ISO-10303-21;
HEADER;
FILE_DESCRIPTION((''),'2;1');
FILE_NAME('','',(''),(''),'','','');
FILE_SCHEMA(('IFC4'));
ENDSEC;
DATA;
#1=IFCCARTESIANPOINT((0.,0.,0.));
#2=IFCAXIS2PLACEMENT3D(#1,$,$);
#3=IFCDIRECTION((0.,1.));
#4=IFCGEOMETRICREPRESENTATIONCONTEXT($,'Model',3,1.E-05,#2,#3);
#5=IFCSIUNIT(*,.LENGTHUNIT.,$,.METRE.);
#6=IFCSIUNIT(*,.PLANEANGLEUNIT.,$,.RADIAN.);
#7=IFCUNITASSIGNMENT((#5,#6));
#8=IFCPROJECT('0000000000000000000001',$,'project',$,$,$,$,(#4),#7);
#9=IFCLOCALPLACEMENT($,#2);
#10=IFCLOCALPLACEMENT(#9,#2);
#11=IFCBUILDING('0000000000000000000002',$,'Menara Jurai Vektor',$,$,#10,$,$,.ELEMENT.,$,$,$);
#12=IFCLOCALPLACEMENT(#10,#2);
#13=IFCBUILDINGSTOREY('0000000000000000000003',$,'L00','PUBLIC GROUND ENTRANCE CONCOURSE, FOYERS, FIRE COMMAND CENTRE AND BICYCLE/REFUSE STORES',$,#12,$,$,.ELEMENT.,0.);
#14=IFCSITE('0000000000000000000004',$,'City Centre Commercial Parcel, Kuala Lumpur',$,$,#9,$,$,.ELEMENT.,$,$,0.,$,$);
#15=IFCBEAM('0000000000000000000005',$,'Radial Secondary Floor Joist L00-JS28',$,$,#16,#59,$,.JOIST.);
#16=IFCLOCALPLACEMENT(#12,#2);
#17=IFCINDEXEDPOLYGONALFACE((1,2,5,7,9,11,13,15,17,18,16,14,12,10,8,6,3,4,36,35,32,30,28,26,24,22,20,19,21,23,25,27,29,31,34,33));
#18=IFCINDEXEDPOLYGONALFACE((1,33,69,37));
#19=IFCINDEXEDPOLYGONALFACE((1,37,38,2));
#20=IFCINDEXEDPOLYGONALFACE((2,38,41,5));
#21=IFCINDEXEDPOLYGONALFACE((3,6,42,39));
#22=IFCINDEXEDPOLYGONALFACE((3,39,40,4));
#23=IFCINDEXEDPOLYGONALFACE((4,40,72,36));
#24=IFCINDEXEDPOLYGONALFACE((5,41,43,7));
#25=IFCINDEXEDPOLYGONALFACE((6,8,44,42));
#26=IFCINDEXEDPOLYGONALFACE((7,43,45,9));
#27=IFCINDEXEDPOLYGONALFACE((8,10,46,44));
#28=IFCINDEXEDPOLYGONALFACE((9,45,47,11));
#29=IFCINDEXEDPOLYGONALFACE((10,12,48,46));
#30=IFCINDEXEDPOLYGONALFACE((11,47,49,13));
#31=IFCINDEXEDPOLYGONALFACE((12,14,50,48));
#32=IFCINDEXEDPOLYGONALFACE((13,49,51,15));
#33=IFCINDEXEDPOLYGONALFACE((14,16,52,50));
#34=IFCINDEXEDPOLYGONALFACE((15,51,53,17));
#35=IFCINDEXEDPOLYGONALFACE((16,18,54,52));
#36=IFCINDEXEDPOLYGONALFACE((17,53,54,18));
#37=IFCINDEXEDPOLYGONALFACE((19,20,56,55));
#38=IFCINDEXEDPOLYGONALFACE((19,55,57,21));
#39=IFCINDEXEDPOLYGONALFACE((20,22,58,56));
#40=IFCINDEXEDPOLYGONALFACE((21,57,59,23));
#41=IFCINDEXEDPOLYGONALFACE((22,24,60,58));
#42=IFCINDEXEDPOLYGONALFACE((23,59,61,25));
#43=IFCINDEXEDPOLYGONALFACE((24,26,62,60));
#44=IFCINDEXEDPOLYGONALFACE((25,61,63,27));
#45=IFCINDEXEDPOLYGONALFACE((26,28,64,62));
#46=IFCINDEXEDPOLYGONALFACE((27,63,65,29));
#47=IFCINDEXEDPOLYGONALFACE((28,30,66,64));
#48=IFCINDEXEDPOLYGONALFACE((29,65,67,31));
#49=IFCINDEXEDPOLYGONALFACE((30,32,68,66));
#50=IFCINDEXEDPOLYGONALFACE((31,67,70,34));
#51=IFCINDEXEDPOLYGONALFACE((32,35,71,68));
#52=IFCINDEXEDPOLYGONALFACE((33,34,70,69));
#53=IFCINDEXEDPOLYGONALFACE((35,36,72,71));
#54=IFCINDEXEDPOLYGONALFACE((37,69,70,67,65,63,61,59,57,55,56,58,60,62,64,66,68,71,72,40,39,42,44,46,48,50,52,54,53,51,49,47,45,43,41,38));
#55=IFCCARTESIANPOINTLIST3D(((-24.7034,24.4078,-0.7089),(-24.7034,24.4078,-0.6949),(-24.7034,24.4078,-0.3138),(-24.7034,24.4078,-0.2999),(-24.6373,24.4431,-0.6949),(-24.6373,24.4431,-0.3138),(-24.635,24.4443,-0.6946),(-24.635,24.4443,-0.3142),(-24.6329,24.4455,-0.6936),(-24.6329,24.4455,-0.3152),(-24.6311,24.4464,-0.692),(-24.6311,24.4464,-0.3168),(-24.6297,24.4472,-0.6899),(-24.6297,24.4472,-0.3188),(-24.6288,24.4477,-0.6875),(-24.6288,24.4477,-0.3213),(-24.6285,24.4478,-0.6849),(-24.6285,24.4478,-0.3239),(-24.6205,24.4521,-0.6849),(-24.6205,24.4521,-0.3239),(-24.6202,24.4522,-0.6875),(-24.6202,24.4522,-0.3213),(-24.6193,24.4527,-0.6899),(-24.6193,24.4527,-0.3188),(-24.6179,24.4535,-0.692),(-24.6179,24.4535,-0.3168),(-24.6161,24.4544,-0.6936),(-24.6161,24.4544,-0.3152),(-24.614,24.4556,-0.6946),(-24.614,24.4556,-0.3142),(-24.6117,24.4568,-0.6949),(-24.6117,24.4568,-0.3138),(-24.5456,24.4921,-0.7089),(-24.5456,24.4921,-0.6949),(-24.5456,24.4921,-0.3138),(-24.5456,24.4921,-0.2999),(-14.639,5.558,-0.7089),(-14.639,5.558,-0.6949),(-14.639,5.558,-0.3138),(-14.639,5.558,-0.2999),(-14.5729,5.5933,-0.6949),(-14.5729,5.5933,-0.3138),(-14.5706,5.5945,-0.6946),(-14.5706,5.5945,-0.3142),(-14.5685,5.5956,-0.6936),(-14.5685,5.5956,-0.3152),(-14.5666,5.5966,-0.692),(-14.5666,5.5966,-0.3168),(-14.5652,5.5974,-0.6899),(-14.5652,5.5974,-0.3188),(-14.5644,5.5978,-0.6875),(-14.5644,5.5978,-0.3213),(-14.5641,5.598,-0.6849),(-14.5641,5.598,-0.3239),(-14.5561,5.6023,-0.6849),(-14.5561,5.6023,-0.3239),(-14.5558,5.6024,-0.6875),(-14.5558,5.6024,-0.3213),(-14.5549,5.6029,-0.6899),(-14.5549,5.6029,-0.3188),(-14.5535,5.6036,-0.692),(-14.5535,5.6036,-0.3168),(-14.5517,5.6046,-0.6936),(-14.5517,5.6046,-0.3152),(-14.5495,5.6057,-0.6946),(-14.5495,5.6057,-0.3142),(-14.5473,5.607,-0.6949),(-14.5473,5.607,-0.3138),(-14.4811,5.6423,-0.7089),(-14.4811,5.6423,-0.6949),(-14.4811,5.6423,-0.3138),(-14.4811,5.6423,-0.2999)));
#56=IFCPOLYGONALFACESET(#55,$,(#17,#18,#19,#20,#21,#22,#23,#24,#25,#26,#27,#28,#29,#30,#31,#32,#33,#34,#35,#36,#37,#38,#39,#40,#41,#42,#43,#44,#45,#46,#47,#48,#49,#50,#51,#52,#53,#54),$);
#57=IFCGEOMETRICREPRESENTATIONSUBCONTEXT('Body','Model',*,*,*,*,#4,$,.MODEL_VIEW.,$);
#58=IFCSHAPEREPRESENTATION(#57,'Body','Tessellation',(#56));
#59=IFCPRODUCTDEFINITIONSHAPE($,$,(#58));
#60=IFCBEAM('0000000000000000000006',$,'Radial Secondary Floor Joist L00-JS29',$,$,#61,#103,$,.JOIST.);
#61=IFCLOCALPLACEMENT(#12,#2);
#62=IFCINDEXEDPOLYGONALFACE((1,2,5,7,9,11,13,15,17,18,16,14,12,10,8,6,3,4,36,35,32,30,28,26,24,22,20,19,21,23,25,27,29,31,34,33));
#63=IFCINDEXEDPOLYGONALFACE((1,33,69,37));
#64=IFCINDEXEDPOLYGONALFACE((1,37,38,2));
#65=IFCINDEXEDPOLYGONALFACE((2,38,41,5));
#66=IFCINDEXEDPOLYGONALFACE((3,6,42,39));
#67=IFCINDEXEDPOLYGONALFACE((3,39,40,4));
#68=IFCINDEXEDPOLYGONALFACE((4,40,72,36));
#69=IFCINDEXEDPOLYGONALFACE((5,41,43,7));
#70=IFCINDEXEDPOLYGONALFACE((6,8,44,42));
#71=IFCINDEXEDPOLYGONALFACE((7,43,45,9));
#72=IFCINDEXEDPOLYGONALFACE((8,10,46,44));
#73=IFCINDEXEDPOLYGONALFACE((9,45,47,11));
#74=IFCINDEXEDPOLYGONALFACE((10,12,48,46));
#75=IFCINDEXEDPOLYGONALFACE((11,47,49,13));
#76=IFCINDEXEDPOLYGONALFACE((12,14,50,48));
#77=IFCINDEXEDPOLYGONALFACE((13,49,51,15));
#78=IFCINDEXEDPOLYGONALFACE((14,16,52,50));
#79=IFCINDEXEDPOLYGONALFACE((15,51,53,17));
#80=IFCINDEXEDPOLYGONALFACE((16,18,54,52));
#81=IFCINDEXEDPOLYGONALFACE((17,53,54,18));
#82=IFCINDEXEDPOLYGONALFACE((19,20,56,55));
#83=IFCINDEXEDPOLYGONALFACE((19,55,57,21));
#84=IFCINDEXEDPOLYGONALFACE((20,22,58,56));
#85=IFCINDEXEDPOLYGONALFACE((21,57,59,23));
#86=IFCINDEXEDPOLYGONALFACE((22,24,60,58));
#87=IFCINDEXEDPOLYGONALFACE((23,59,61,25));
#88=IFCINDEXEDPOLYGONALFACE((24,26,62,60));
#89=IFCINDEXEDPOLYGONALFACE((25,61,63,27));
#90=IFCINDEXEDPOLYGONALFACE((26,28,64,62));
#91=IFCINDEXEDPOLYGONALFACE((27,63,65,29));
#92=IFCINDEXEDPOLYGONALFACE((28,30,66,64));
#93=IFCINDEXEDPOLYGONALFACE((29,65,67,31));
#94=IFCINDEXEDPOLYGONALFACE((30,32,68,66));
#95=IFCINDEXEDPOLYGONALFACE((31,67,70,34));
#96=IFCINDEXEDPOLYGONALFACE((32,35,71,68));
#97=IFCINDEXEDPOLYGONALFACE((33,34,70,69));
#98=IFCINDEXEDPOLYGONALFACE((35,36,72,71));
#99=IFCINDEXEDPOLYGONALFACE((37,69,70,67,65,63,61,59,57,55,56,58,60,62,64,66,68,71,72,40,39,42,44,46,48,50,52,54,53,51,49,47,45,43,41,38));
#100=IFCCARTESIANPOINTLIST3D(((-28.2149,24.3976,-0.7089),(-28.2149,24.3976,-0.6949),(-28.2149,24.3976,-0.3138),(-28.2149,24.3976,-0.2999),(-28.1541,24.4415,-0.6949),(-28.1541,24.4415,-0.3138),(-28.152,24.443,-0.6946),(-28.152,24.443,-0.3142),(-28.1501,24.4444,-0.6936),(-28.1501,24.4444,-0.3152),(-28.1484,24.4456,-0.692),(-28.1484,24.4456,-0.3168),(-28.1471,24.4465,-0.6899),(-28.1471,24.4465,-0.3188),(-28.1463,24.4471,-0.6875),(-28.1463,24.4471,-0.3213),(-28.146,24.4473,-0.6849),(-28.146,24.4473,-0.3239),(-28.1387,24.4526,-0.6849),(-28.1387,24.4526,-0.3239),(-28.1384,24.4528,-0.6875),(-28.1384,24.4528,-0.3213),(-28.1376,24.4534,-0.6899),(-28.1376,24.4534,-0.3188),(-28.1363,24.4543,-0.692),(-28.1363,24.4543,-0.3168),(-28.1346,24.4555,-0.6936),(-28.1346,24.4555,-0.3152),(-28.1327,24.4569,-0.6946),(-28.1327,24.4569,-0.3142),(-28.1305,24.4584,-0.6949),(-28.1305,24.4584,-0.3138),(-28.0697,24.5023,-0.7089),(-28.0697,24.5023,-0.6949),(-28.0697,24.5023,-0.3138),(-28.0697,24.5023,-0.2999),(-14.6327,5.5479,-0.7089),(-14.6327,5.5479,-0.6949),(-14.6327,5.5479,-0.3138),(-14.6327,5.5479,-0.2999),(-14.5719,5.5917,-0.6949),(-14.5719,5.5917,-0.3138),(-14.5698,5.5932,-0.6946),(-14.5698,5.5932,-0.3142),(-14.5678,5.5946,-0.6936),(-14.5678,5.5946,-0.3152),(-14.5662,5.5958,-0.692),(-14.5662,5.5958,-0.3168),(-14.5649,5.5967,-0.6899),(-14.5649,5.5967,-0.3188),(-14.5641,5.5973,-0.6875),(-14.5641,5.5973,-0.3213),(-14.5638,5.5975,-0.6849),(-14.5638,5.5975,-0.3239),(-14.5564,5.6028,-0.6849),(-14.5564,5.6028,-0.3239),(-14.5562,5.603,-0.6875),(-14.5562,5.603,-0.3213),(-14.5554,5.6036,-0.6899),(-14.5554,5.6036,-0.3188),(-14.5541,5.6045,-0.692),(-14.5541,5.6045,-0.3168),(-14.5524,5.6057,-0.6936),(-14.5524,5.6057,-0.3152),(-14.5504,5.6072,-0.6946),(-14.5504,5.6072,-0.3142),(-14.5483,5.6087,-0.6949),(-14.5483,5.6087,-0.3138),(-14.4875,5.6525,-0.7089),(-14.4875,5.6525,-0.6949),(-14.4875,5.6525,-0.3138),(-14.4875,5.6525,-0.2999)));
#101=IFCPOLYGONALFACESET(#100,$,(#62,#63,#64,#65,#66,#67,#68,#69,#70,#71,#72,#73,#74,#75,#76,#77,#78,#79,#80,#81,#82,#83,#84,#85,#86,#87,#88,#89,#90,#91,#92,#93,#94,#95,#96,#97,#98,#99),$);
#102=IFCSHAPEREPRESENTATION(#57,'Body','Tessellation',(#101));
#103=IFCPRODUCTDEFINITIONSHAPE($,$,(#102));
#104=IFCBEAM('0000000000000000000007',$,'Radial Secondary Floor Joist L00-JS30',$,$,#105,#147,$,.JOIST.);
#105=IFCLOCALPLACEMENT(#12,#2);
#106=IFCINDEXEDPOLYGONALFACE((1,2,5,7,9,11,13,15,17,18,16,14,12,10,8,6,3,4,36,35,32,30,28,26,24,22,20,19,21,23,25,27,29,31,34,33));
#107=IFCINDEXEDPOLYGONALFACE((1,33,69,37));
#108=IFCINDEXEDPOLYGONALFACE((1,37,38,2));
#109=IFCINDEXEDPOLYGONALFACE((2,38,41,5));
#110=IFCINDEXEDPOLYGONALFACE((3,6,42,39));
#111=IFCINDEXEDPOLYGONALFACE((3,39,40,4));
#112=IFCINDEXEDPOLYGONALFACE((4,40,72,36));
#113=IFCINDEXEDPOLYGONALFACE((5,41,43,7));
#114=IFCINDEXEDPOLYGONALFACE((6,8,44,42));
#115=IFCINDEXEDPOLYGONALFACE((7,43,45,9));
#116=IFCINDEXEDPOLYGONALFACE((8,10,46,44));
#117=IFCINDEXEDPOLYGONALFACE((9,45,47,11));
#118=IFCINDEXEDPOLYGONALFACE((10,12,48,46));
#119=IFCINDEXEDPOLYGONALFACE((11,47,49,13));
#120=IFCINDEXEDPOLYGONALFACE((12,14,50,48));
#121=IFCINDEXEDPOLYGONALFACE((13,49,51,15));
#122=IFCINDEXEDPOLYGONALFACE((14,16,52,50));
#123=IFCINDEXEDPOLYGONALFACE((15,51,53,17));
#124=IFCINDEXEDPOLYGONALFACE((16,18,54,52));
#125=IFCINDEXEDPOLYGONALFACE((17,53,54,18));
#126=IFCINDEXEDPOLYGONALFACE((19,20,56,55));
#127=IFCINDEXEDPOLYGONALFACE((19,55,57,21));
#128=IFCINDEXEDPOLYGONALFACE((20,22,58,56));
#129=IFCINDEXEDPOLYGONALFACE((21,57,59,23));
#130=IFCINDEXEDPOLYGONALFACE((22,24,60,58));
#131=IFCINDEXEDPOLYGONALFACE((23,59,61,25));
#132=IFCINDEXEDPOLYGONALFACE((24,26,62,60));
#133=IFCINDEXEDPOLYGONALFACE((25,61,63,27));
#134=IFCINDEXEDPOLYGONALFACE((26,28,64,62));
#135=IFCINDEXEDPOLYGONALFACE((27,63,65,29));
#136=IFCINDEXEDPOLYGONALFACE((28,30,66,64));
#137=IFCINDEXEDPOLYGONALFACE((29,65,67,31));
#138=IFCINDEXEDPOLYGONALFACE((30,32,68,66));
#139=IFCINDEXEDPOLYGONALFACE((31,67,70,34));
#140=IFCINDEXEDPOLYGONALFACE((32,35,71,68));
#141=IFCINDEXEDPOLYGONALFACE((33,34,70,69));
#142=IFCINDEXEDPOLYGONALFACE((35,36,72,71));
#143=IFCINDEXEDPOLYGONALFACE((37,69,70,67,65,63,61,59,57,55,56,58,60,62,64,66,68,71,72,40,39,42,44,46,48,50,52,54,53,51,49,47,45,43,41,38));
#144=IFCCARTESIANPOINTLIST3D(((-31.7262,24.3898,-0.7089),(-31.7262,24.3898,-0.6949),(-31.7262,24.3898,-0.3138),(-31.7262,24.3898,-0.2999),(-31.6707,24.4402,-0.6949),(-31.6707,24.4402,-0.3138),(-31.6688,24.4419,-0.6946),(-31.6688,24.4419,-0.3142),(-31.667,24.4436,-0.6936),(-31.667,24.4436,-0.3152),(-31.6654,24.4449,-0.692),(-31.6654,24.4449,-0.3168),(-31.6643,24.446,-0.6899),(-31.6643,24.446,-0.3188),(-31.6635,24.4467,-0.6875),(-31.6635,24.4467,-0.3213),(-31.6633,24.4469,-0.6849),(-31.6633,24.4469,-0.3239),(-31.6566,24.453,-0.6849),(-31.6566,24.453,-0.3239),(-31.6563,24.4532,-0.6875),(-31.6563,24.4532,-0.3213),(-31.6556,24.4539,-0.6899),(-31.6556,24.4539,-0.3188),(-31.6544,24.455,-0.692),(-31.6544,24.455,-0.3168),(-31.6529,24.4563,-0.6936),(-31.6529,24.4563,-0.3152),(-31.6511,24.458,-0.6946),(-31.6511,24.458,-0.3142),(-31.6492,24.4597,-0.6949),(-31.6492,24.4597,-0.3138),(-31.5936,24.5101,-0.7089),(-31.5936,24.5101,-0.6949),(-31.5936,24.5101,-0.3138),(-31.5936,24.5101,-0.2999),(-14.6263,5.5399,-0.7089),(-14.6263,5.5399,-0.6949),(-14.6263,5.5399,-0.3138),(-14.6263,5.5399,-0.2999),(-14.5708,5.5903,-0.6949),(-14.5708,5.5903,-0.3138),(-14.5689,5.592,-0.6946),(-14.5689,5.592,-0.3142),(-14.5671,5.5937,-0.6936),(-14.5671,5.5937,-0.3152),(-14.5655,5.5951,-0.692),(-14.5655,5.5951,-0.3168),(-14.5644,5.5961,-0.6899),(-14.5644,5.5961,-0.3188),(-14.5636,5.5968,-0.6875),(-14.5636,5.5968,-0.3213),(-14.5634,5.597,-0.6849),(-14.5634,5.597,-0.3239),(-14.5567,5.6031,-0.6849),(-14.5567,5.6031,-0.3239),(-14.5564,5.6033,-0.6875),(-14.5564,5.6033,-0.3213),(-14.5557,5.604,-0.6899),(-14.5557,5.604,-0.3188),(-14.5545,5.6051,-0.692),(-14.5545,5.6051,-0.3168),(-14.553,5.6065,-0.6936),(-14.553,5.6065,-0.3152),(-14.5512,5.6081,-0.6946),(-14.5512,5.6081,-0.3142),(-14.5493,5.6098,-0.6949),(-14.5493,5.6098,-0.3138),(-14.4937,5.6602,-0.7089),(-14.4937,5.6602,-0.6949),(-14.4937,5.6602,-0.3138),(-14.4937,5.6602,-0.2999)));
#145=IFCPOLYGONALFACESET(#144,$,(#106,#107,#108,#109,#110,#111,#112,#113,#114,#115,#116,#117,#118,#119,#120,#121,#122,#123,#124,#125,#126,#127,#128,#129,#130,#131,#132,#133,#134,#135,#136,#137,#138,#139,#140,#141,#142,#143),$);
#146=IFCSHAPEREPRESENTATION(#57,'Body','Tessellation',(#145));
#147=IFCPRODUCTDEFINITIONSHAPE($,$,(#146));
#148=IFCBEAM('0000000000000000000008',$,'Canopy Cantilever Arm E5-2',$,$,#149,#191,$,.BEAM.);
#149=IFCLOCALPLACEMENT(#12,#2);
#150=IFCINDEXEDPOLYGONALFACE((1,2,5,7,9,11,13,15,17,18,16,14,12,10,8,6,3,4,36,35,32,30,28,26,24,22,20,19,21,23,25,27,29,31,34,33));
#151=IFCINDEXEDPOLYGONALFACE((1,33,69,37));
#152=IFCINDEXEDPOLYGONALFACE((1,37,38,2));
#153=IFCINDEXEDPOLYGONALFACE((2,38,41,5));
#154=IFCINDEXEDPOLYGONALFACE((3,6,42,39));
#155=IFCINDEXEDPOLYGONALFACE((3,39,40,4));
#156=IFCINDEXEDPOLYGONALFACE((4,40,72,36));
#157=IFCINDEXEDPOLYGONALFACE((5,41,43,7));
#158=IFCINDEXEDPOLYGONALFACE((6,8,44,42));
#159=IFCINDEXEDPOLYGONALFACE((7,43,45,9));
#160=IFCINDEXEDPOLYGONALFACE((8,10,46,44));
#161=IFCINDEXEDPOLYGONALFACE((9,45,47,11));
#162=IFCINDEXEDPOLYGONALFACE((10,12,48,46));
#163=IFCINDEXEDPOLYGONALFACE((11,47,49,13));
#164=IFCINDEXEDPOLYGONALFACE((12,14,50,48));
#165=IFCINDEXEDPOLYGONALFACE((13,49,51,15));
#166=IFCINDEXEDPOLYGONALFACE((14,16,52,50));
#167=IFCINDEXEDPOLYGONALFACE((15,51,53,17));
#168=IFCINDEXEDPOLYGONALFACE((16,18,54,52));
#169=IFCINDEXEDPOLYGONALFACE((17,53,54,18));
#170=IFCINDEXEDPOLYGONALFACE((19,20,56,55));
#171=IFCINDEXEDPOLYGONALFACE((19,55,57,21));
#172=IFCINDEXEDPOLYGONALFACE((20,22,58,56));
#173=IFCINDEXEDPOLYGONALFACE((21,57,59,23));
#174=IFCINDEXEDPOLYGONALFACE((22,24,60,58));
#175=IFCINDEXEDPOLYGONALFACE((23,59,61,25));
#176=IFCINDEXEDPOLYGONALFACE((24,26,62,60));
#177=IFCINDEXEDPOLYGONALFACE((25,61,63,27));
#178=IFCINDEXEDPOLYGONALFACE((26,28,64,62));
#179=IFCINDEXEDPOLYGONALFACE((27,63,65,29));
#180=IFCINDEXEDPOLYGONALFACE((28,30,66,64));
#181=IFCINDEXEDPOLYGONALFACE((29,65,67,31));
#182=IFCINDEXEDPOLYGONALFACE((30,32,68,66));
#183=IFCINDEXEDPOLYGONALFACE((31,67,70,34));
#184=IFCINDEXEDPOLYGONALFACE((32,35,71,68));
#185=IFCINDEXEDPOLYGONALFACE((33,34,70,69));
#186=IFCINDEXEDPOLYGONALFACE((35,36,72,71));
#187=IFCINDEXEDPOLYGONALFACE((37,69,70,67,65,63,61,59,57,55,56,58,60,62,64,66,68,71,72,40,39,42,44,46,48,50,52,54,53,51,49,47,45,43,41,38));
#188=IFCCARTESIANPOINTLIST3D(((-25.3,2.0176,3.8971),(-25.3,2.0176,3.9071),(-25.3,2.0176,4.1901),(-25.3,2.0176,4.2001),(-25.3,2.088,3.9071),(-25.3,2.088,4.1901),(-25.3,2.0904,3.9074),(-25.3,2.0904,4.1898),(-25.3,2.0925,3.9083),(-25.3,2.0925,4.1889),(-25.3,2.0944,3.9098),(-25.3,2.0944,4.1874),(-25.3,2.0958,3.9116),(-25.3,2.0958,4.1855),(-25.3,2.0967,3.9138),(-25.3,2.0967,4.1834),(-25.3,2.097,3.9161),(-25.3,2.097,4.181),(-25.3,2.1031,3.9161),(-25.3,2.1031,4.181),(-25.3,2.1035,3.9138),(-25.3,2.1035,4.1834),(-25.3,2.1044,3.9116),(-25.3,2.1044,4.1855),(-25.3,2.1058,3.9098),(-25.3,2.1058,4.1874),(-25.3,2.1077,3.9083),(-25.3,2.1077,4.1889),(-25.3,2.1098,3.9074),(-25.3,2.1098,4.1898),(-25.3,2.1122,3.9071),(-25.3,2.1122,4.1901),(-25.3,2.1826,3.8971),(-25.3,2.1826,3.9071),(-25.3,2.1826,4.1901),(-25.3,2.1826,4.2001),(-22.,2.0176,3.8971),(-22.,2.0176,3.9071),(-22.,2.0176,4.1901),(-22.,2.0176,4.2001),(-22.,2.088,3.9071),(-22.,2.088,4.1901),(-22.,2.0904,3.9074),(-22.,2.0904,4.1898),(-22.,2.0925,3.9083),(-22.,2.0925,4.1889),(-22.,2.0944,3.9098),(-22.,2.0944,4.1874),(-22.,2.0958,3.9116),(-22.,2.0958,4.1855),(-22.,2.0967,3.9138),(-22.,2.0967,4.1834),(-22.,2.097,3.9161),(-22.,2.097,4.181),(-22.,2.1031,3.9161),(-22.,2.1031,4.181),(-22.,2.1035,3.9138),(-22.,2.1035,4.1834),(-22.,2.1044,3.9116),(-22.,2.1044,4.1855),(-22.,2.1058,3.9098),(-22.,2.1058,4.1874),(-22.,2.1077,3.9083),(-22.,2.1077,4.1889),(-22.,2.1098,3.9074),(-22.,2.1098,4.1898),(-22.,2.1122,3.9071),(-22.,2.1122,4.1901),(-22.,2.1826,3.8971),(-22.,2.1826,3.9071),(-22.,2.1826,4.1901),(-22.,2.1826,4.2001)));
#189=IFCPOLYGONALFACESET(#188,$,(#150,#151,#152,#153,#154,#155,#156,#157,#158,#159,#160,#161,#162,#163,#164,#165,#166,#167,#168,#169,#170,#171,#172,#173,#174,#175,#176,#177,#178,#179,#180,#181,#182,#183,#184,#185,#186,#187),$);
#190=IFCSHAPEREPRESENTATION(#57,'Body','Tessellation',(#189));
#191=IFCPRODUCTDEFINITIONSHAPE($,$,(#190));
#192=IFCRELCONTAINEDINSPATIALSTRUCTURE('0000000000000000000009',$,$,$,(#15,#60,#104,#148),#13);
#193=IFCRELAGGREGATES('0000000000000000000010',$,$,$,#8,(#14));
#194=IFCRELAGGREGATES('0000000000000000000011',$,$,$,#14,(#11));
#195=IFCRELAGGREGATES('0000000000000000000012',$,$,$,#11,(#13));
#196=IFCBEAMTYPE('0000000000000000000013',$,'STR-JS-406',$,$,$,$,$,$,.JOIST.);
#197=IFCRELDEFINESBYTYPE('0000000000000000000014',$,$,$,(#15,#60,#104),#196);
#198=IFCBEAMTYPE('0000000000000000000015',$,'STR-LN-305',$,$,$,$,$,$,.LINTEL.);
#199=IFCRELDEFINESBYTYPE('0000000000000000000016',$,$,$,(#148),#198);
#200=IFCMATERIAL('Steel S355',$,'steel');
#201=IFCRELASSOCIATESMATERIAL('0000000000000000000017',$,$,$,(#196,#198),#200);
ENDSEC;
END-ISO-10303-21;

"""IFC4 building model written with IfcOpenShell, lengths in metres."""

from ifc_helpers import new_model, si_unit, direction, frame, origin, origin_2d, place, context, subcontext, project, spatial, i_section, extrude, material, material_profile, profile_set, type_object, element, save


model = new_model("IFC4")

# Units and contexts
model_context = context("Model", 3, precision=1e-05, world=origin(), true_north=direction((0.0, 1.0)))
body_context = subcontext(model_context, "Body", "Model", "MODEL_VIEW")
ifc_project = project(units=[si_unit("LENGTHUNIT", "METRE"), si_unit("PLANEANGLEUNIT", "RADIAN")], contexts=[model_context])

# Site, building, storey
site_placement = place(None, origin())
site = spatial("IfcSite", under=ifc_project, at=site_placement, Name="City Centre Commercial Parcel, Kuala Lumpur", CompositionType="ELEMENT", RefElevation=0.0)
building_placement = place(site_placement, origin())
building = spatial("IfcBuilding", under=site, at=building_placement, Name="Menara Jurai Vektor", CompositionType="ELEMENT")
storey_placement = place(building_placement, origin())
storey = spatial("IfcBuildingStorey", under=building, at=storey_placement, Name="L00", Description="PUBLIC GROUND ENTRANCE CONCOURSE, FOYERS, FIRE COMMAND CENTRE AND BICYCLE/REFUSE STORES", CompositionType="ELEMENT", Elevation=0.0)

# Shared definitions
ifc_material_1 = material(Name="Steel S355", Category="steel")

# Beams
ifc_material_profile_1 = material_profile(ifc_material_1, i_section(OverallWidth=0.179, OverallDepth=0.4089, WebThickness=0.009, FlangeThickness=0.0139, FilletRadius=0.01, at=origin_2d()), Name="UKB 406x178x67")
ifc_profile_set_1 = profile_set([ifc_material_profile_1], Name="Steel S355")
beam_type_1 = type_object("IfcBeamType", Name="STR-JS-406", PredefinedType="JOIST", material=ifc_profile_set_1)
beam_1_placement = place(storey_placement, frame((-24.6245, 24.45, -0.5044), z_axis=(0.470996, -0.882135, 0.0), x_axis=(0.882135, 0.470996, 0.0)))
element("IfcBeam", 1, at=beam_1_placement, inside=storey, type_object=beam_type_1, Name="Radial Secondary Floor Joist L00-JS28", PredefinedType="JOIST", context=body_context, shape_type="SweptSolid", body=[
    extrude(i_section(OverallWidth=0.179, OverallDepth=0.4089, WebThickness=0.009, FlangeThickness=0.0139, FilletRadius=0.01, at=origin_2d()), origin(), (0.0, 0.0, 1.0), 21.3684),
])
beam_2_placement = place(storey_placement, frame((-28.1423, 24.45, -0.5044), z_axis=(0.584599, -0.811322, 0.0), x_axis=(0.811322, 0.584599, 0.0)))
element("IfcBeam", 2, at=beam_2_placement, inside=storey, type_object=beam_type_1, Name="Radial Secondary Floor Joist L00-JS29", PredefinedType="JOIST", context=body_context, shape_type="SweptSolid", body=[
    extrude(i_section(OverallWidth=0.179, OverallDepth=0.4089, WebThickness=0.009, FlangeThickness=0.0139, FilletRadius=0.01, at=origin_2d()), origin(), (0.0, 0.0, 1.0), 23.2334),
])
beam_3_placement = place(storey_placement, frame((-31.6599, 24.45, -0.5044), z_axis=(0.67189, -0.740651, 0.0), x_axis=(0.740651, 0.67189, 0.0)))
element("IfcBeam", 3, at=beam_3_placement, inside=storey, type_object=beam_type_1, Name="Radial Secondary Floor Joist L00-JS30", PredefinedType="JOIST", context=body_context, shape_type="SweptSolid", body=[
    extrude(i_section(OverallWidth=0.179, OverallDepth=0.4089, WebThickness=0.009, FlangeThickness=0.0139, FilletRadius=0.01, at=origin_2d()), origin(), (0.0, 0.0, 1.0), 25.4504),
])
ifc_material_profile_2 = material_profile(ifc_material_1, i_section(OverallWidth=0.165, OverallDepth=0.303, WebThickness=0.0061, FlangeThickness=0.01, FilletRadius=0.009, at=origin_2d()), Name="UKB 305x165x40")
ifc_profile_set_2 = profile_set([ifc_material_profile_2], Name="Steel S355")
beam_type_2 = type_object("IfcBeamType", Name="STR-LN-305", PredefinedType="LINTEL", material=ifc_profile_set_2)
beam_4_placement = place(storey_placement, frame((-22.0, 2.1001, 4.0486), z_axis=(-1.0, 0.0, 0.0), x_axis=(0.0, -1.0, 0.0)))
element("IfcBeam", 4, at=beam_4_placement, inside=storey, type_object=beam_type_2, Name="Canopy Cantilever Arm E5-2", PredefinedType="BEAM", context=body_context, shape_type="SweptSolid", body=[
    extrude(i_section(OverallWidth=0.165, OverallDepth=0.303, WebThickness=0.0061, FlangeThickness=0.01, FilletRadius=0.009, at=origin_2d()), origin(), (0.0, 0.0, 1.0), 3.3),
])

save(model, "model.ifc")
